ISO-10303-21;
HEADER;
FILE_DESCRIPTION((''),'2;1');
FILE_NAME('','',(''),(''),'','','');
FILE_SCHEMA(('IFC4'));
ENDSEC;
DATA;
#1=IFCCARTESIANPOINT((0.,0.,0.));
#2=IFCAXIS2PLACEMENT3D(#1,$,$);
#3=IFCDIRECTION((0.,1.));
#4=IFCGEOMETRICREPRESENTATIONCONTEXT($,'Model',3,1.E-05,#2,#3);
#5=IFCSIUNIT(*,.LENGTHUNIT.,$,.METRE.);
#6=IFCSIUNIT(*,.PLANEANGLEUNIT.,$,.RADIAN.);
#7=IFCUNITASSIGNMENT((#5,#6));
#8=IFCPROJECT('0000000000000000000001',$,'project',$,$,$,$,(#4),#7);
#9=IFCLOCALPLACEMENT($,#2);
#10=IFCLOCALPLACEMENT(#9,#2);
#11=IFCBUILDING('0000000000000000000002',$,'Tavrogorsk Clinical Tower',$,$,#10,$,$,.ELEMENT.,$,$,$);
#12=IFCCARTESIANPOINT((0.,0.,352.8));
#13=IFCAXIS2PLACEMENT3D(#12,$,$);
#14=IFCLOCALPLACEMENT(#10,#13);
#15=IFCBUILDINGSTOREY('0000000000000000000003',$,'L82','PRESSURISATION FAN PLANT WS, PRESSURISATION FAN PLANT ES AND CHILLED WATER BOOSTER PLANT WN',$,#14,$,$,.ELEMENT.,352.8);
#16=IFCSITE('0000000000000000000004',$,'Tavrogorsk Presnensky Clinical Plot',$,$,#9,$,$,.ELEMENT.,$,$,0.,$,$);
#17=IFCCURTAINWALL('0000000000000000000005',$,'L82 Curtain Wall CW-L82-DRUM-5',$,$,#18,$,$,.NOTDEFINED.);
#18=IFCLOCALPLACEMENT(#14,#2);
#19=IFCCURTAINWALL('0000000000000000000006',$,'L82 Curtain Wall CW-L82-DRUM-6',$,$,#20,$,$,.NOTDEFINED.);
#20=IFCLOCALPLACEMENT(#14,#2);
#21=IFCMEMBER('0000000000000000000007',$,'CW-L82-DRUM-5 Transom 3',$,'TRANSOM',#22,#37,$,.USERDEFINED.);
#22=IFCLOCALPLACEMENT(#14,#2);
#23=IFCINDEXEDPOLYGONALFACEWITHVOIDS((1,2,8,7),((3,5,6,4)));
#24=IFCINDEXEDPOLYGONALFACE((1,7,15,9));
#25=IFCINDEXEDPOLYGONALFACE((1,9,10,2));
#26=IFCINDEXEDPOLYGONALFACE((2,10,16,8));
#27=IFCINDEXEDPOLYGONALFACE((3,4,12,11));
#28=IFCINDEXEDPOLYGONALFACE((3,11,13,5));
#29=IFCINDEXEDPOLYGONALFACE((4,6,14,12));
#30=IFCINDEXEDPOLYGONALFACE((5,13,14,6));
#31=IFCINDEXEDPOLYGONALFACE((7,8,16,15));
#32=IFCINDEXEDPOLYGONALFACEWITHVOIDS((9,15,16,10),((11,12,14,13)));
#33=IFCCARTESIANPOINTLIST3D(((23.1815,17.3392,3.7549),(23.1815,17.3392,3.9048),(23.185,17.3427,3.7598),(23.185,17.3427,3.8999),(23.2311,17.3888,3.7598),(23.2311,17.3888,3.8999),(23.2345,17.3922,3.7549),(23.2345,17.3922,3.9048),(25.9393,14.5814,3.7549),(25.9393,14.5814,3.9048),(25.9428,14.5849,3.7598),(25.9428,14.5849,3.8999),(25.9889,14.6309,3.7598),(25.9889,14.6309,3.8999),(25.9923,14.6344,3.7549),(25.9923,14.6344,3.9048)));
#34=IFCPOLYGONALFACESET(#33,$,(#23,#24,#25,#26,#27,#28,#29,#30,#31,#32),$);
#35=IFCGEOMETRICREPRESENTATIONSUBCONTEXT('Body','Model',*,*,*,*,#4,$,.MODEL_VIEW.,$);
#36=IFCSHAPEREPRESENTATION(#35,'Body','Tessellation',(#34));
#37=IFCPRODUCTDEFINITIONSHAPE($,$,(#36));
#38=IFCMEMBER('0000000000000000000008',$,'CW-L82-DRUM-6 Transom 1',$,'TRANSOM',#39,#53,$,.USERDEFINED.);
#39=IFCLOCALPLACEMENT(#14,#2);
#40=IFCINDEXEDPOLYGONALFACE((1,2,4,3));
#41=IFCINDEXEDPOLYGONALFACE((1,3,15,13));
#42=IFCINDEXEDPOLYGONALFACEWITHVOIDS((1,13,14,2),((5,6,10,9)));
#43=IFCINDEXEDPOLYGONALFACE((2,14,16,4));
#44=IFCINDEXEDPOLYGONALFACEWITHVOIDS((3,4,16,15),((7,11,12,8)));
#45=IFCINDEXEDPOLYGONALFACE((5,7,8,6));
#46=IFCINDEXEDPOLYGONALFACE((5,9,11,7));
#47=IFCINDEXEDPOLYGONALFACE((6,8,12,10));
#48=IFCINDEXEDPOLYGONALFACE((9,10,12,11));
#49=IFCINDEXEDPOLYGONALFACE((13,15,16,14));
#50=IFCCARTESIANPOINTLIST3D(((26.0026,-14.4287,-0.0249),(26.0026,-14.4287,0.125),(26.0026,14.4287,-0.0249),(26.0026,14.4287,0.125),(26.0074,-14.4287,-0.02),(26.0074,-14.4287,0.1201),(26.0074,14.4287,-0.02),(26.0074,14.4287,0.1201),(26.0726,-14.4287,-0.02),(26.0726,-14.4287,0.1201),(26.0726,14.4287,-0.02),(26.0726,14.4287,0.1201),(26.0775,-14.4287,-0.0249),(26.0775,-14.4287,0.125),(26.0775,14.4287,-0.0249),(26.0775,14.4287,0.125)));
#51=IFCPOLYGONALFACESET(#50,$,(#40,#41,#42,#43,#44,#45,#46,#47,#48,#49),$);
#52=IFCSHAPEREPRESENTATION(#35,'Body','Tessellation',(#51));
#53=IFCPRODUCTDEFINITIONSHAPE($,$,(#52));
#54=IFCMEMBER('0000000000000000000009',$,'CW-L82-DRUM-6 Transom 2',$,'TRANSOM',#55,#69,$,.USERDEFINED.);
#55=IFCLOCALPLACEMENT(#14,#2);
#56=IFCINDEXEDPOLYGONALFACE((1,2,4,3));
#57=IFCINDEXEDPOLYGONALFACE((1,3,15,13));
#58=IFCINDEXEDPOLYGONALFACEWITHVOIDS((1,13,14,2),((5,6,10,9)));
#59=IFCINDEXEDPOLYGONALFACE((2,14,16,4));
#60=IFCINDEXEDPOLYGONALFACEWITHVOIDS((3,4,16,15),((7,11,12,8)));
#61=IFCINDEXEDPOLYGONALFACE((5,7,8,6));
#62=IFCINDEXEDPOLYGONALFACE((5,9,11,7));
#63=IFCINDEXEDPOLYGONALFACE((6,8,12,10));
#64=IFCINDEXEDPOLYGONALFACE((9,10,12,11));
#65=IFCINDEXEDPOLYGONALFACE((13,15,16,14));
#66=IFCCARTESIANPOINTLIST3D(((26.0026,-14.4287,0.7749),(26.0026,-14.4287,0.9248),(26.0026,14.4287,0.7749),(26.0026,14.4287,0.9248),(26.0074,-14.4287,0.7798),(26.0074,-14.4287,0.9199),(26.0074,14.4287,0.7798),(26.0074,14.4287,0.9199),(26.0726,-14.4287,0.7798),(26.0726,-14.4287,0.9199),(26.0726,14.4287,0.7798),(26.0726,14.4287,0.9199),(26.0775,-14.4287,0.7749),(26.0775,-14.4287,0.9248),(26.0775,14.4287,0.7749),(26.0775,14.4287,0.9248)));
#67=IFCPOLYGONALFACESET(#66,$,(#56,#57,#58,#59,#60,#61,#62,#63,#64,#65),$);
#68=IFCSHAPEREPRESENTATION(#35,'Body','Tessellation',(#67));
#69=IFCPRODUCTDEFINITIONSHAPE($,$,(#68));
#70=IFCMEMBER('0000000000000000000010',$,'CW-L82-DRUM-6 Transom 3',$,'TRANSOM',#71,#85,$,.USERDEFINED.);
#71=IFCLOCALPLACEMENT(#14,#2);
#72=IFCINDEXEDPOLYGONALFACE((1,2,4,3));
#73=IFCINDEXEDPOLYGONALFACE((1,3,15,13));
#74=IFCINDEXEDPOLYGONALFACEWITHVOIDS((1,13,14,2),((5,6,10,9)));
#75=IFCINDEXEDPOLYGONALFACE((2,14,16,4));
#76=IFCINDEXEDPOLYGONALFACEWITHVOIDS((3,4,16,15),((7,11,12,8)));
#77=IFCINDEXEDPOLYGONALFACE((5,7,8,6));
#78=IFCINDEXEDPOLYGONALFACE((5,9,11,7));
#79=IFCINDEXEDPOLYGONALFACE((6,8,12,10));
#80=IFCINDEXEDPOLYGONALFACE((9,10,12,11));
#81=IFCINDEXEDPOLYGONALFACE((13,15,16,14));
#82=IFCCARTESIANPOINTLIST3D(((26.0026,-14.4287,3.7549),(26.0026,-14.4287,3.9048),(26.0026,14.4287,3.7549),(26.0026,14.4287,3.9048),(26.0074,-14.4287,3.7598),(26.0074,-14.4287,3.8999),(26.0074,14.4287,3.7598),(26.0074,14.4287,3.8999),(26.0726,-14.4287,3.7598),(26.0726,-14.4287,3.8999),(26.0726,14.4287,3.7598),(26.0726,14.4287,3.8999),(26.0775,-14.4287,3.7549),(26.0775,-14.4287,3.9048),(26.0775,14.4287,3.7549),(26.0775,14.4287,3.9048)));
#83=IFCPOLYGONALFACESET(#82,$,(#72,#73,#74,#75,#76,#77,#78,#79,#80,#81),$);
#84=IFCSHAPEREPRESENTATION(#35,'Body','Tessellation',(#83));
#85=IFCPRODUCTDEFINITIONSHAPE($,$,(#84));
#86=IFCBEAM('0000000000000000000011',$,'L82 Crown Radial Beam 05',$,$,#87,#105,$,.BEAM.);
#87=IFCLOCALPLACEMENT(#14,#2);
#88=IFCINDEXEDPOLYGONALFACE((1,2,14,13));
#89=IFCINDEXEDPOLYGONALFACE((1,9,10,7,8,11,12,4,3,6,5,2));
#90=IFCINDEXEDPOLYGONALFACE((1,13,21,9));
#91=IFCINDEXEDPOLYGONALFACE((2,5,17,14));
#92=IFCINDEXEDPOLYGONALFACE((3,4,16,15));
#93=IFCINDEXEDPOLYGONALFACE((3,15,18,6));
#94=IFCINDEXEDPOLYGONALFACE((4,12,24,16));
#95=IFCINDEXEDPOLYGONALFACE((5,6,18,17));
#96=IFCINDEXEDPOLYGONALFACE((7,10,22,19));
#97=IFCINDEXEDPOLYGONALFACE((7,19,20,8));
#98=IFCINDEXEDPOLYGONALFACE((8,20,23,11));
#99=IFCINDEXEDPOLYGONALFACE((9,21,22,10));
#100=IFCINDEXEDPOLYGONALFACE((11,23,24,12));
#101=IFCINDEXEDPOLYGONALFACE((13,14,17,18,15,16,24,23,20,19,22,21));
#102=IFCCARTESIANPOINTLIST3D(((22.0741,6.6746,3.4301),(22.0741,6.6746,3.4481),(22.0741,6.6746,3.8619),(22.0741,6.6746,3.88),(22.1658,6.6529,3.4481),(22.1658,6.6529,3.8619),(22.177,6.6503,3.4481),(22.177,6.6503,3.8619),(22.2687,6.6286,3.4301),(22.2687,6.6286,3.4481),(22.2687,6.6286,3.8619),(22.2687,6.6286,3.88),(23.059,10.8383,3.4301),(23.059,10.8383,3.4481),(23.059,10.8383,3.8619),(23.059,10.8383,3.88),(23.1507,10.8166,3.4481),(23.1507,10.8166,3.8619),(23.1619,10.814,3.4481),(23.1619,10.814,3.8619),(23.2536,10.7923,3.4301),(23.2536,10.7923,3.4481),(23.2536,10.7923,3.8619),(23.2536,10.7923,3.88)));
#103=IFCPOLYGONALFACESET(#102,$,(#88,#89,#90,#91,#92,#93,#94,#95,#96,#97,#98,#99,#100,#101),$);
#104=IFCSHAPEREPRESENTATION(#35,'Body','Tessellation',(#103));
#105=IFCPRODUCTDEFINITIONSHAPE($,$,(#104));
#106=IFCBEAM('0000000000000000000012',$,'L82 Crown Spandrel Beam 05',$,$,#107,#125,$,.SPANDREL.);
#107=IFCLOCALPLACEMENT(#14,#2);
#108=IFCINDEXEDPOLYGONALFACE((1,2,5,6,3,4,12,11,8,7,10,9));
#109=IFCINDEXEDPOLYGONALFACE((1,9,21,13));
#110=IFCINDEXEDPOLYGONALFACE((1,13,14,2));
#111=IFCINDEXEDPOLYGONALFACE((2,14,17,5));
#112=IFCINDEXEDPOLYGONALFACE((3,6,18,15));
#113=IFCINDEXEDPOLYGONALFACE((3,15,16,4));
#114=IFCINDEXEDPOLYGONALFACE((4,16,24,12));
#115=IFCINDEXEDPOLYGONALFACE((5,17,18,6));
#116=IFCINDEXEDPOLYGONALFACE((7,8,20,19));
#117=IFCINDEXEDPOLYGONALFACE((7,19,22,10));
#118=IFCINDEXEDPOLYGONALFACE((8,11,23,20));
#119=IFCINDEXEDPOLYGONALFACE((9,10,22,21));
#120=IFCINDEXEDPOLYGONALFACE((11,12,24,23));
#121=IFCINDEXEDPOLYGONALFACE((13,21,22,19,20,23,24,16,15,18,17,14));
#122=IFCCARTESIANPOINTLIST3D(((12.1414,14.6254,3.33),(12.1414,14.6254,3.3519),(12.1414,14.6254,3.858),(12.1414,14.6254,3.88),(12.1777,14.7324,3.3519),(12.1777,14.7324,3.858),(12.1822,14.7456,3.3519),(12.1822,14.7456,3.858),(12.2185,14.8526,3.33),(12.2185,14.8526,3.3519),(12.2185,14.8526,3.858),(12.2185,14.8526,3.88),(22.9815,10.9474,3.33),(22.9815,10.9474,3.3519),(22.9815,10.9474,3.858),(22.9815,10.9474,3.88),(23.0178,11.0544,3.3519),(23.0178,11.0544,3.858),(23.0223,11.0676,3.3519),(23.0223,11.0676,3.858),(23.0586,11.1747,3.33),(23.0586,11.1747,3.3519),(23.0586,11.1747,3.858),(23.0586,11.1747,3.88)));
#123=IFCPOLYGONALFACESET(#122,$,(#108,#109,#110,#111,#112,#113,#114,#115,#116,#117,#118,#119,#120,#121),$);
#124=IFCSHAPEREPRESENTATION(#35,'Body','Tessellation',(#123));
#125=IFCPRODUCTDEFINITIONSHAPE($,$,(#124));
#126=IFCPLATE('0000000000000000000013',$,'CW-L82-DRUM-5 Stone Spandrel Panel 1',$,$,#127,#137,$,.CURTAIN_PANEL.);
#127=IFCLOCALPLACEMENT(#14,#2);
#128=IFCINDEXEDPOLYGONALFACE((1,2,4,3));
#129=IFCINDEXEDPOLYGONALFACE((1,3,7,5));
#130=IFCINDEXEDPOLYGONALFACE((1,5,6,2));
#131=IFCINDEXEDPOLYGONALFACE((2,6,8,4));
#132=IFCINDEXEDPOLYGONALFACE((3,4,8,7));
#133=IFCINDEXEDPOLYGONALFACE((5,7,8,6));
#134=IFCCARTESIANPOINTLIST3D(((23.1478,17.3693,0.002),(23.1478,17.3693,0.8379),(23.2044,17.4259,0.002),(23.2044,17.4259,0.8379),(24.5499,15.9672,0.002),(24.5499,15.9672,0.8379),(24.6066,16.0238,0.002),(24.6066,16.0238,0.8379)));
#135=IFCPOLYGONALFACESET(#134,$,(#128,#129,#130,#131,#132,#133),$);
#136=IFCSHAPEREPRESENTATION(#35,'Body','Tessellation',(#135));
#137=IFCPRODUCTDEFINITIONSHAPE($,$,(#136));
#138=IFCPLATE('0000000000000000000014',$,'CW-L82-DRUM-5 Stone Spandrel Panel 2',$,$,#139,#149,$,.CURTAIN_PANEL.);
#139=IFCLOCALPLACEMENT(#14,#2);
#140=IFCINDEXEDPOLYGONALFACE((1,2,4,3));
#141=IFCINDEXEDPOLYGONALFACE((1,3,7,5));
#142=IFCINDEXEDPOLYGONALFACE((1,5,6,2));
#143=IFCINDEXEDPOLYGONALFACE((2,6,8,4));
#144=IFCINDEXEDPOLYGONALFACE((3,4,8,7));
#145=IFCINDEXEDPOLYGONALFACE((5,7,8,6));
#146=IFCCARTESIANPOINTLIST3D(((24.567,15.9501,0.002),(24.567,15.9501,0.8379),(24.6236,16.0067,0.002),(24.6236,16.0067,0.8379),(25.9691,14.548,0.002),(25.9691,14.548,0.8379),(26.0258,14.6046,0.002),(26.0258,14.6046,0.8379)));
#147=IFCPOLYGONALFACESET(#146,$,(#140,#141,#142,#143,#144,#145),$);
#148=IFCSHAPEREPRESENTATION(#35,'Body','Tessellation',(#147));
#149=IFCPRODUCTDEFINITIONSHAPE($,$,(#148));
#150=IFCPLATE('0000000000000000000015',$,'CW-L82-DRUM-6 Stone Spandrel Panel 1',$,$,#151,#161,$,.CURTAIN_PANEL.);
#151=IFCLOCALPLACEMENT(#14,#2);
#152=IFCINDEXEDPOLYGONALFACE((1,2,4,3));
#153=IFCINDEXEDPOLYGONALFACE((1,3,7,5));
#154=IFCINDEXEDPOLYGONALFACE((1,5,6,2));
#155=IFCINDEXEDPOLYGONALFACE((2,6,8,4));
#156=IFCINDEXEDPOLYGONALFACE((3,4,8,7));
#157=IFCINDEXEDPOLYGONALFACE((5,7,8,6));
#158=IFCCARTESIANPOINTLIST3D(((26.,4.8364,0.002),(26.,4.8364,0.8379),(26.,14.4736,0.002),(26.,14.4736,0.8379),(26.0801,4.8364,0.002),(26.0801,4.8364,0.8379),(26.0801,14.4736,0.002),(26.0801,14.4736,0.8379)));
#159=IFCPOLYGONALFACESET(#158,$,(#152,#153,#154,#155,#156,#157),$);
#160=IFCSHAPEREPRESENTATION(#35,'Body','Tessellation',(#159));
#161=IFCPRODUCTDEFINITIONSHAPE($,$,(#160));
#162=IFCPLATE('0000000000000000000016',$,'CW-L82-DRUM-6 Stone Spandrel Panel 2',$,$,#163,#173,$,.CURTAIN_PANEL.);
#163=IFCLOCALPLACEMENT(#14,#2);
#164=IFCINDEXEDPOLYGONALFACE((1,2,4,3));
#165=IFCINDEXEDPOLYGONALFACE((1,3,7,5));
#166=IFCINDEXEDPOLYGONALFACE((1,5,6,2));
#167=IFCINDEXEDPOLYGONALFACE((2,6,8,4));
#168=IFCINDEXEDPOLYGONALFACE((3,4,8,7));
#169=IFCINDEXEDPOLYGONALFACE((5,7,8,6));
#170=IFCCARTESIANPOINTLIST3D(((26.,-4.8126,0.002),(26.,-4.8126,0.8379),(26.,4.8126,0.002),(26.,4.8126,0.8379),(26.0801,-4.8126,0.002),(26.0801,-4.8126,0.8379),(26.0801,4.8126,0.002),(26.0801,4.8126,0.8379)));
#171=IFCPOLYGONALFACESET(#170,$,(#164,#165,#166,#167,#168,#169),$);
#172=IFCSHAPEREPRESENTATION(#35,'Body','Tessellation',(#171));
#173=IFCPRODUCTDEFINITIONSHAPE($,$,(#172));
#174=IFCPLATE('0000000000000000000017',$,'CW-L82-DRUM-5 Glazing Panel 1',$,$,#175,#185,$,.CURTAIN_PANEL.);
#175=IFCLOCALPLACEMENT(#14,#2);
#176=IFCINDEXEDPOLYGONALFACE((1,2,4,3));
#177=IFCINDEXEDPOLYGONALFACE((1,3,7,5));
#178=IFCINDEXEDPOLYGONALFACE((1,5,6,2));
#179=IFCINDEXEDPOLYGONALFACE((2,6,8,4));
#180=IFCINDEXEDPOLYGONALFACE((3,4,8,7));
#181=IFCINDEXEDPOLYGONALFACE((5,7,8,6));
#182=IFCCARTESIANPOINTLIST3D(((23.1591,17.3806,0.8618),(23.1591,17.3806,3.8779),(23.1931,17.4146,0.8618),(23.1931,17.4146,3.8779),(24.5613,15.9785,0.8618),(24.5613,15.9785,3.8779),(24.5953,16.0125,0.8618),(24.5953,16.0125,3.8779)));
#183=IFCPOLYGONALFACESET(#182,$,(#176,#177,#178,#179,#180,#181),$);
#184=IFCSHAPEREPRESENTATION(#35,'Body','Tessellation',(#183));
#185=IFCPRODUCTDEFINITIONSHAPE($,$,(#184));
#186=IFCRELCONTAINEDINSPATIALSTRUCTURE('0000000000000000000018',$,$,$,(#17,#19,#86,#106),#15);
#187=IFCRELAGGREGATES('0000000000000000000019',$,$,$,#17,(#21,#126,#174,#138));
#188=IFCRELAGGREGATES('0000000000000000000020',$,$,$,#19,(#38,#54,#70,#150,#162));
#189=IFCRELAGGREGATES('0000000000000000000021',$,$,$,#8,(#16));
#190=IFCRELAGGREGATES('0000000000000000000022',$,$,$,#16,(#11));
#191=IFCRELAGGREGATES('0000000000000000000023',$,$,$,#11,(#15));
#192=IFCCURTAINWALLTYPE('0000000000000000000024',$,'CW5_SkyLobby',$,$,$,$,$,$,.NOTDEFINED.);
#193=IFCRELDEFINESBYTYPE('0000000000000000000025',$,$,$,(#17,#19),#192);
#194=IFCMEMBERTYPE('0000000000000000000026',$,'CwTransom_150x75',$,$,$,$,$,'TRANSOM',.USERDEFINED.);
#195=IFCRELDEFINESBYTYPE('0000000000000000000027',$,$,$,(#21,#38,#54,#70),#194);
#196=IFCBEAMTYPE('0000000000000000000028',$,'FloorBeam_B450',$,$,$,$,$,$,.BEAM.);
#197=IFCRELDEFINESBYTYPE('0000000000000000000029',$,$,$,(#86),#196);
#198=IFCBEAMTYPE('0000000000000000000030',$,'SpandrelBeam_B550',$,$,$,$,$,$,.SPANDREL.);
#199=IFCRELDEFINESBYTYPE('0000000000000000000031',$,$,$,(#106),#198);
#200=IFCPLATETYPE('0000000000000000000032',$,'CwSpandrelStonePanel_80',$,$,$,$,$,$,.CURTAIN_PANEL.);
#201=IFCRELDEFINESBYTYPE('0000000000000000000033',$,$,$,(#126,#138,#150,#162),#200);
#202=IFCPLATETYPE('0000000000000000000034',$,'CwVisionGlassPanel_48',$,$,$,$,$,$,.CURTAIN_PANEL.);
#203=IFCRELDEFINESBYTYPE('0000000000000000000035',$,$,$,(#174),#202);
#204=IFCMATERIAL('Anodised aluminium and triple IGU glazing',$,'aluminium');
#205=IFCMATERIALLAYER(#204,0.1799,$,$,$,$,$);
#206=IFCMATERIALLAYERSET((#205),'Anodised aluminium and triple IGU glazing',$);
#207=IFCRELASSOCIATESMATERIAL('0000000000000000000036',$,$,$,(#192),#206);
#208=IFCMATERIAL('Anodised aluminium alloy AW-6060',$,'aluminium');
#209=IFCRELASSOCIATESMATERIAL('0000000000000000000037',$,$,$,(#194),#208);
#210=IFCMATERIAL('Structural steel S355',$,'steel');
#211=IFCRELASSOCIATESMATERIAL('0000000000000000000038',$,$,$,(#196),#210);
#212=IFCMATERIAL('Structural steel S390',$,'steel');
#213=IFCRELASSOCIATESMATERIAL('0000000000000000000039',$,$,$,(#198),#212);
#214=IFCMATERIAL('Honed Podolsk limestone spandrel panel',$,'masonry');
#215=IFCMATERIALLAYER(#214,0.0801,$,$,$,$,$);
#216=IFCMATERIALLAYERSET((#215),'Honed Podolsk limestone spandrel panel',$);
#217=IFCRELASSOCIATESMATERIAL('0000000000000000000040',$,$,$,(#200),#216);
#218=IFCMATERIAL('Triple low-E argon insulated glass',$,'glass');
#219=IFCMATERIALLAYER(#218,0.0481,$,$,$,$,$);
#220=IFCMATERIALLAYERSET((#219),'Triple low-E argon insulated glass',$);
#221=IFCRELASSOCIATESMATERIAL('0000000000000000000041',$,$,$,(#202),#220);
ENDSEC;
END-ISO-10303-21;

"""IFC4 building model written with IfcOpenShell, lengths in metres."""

from ifc_helpers import new_model, si_unit, direction, frame, origin, origin_2d, place, context, subcontext, project, spatial, rectangle, hollow_rectangle, i_section, extrude, material, layer, layer_set, material_profile, profile_set, type_object, element, aggregate, save


model = new_model("IFC4")

# Units and contexts
model_context = context("Model", 3, precision=1e-05, world=origin(), true_north=direction((0.0, 1.0)))
body_context = subcontext(model_context, "Body", "Model", "MODEL_VIEW")
ifc_project = project(units=[si_unit("LENGTHUNIT", "METRE"), si_unit("PLANEANGLEUNIT", "RADIAN")], contexts=[model_context])

# Site, building, storey
site_placement = place(None, origin())
site = spatial("IfcSite", under=ifc_project, at=site_placement, Name="Tavrogorsk Presnensky Clinical Plot", CompositionType="ELEMENT", RefElevation=0.0)
building_placement = place(site_placement, origin())
building = spatial("IfcBuilding", under=site, at=building_placement, Name="Tavrogorsk Clinical Tower", CompositionType="ELEMENT")
storey_placement = place(building_placement, frame((0.0, 0.0, 352.8)))
storey = spatial("IfcBuildingStorey", under=building, at=storey_placement, Name="L82", Description="PRESSURISATION FAN PLANT WS, PRESSURISATION FAN PLANT ES AND CHILLED WATER BOOSTER PLANT WN", CompositionType="ELEMENT", Elevation=352.8)

# Shared definitions
ifc_material_1 = material(Name="Anodised aluminium and triple IGU glazing", Category="aluminium")
ifc_layer_1 = layer(ifc_material_1, 0.1799)
ifc_layer_set_1 = layer_set([ifc_layer_1], Name="Anodised aluminium and triple IGU glazing")
curtain_wall_type = type_object("IfcCurtainWallType", Name="CW5_SkyLobby", PredefinedType="NOTDEFINED", material=ifc_layer_set_1)

# Curtain walls
curtain_wall_1_placement = place(storey_placement, origin())
curtain_wall_1 = element("IfcCurtainWall", 1, at=curtain_wall_1_placement, inside=storey, type_object=curtain_wall_type, Name="L82 Curtain Wall CW-L82-DRUM-5", PredefinedType="NOTDEFINED")
curtain_wall_2_placement = place(storey_placement, origin())
curtain_wall_2 = element("IfcCurtainWall", 2, at=curtain_wall_2_placement, inside=storey, type_object=curtain_wall_type, Name="L82 Curtain Wall CW-L82-DRUM-6", PredefinedType="NOTDEFINED")

# Members
ifc_material_2 = material(Name="Anodised aluminium alloy AW-6060", Category="aluminium")
ifc_material_profile_1 = material_profile(ifc_material_2, hollow_rectangle(XDim=0.075, YDim=0.1499, WallThickness=0.0049, at=origin_2d()), Name="RHS-150x75x5")
ifc_profile_set_1 = profile_set([ifc_material_profile_1], Name="Anodised aluminium alloy AW-6060")
member_type_1 = type_object("IfcMemberType", Name="CwTransom_150x75", ElementType="TRANSOM", PredefinedType="USERDEFINED", material=ifc_profile_set_1)
member_1_placement = place(storey_placement, frame((23.208, 17.3657, 3.8298), z_axis=(0.707107, -0.707107, 0.0), x_axis=(0.707107, 0.707107, 0.0)))
member_1 = element("IfcMember", 3, at=member_1_placement, type_object=member_type_1, Name="CW-L82-DRUM-5 Transom 3", ObjectType="TRANSOM", PredefinedType="USERDEFINED", context=body_context, shape_type="SweptSolid", body=[
    extrude(hollow_rectangle(XDim=0.075, YDim=0.1499, WallThickness=0.0049, at=origin_2d()), origin(), (0.0, 0.0, 1.0), 3.9001),
])
member_2_placement = place(storey_placement, frame((26.04, 14.4287, 0.05), z_axis=(0.0, -1.0, 0.0), x_axis=(1.0, 0.0, 0.0)))
member_2 = element("IfcMember", 4, at=member_2_placement, type_object=member_type_1, Name="CW-L82-DRUM-6 Transom 1", ObjectType="TRANSOM", PredefinedType="USERDEFINED", context=body_context, shape_type="SweptSolid", body=[
    extrude(hollow_rectangle(XDim=0.075, YDim=0.1499, WallThickness=0.0049, at=origin_2d()), origin(), (0.0, 0.0, 1.0), 28.8574),
])
member_3_placement = place(storey_placement, frame((26.04, 14.4287, 0.8499), z_axis=(0.0, -1.0, 0.0), x_axis=(1.0, 0.0, 0.0)))
member_3 = element("IfcMember", 5, at=member_3_placement, type_object=member_type_1, Name="CW-L82-DRUM-6 Transom 2", ObjectType="TRANSOM", PredefinedType="USERDEFINED", context=body_context, shape_type="SweptSolid", body=[
    extrude(hollow_rectangle(XDim=0.075, YDim=0.1499, WallThickness=0.0049, at=origin_2d()), origin(), (0.0, 0.0, 1.0), 28.8574),
])
member_4_placement = place(storey_placement, frame((26.04, 14.4287, 3.8298), z_axis=(0.0, -1.0, 0.0), x_axis=(1.0, 0.0, 0.0)))
member_4 = element("IfcMember", 6, at=member_4_placement, type_object=member_type_1, Name="CW-L82-DRUM-6 Transom 3", ObjectType="TRANSOM", PredefinedType="USERDEFINED", context=body_context, shape_type="SweptSolid", body=[
    extrude(hollow_rectangle(XDim=0.075, YDim=0.1499, WallThickness=0.0049, at=origin_2d()), origin(), (0.0, 0.0, 1.0), 28.8574),
])

# Beams
ifc_material_3 = material(Name="Structural steel S355", Category="steel")
ifc_material_profile_2 = material_profile(ifc_material_3, i_section(OverallWidth=0.2, OverallDepth=0.45, WebThickness=0.0115, FlangeThickness=0.0181, at=origin_2d()), Name="B-450x200x11.5x18")
ifc_profile_set_2 = profile_set([ifc_material_profile_2], Name="Structural steel S355")
beam_type_1 = type_object("IfcBeamType", Name="FloorBeam_B450", PredefinedType="BEAM", material=ifc_profile_set_2)
beam_1_placement = place(storey_placement, frame((22.1714, 6.6516, 3.655), z_axis=(0.230191, 0.973146, 0.0), x_axis=(-0.973146, 0.230191, 0.0)))
element("IfcBeam", 7, at=beam_1_placement, inside=storey, type_object=beam_type_1, Name="L82 Crown Radial Beam 05", PredefinedType="BEAM", context=body_context, shape_type="SweptSolid", body=[
    extrude(i_section(OverallWidth=0.2, OverallDepth=0.45, WebThickness=0.0115, FlangeThickness=0.0181, at=origin_2d()), origin(), (0.0, 0.0, 1.0), 4.2786),
])
ifc_material_4 = material(Name="Structural steel S390", Category="steel")
ifc_material_profile_3 = material_profile(ifc_material_4, i_section(OverallWidth=0.24, OverallDepth=0.55, WebThickness=0.0139, FlangeThickness=0.022, at=origin_2d()), Name="B-550x240x14x22")
ifc_profile_set_3 = profile_set([ifc_material_profile_3], Name="Structural steel S390")
beam_type_2 = type_object("IfcBeamType", Name="SpandrelBeam_B550", PredefinedType="SPANDREL", material=ifc_profile_set_3)
beam_2_placement = place(storey_placement, frame((23.02, 11.061, 3.605), z_axis=(-0.946976, 0.321304, 0.0), x_axis=(-0.321304, -0.946976, 0.0)))
element("IfcBeam", 8, at=beam_2_placement, inside=storey, type_object=beam_type_2, Name="L82 Crown Spandrel Beam 05", PredefinedType="SPANDREL", context=body_context, shape_type="SweptSolid", body=[
    extrude(i_section(OverallWidth=0.24, OverallDepth=0.55, WebThickness=0.0139, FlangeThickness=0.022, at=origin_2d()), origin(), (0.0, 0.0, 1.0), 11.447),
])

# Plates
ifc_material_5 = material(Name="Honed Podolsk limestone spandrel panel", Category="masonry")
ifc_layer_2 = layer(ifc_material_5, 0.0801)
ifc_layer_set_2 = layer_set([ifc_layer_2], Name="Honed Podolsk limestone spandrel panel")
plate_type_1 = type_object("IfcPlateType", Name="CwSpandrelStonePanel_80", PredefinedType="CURTAIN_PANEL", material=ifc_layer_set_2)
plate_1_placement = place(storey_placement, frame((23.8772, 16.6965, 0.002), z_axis=(0.0, 0.0, 1.0), x_axis=(0.707107, -0.707107, 0.0)))
plate_1 = element("IfcPlate", 9, at=plate_1_placement, type_object=plate_type_1, Name="CW-L82-DRUM-5 Stone Spandrel Panel 1", PredefinedType="CURTAIN_PANEL", context=body_context, shape_type="SweptSolid", body=[
    extrude(rectangle(XDim=1.9829, YDim=0.0801, at=origin_2d()), origin(), (0.0, 0.0, 1.0), 0.8359),
])
plate_2_placement = place(storey_placement, frame((25.2964, 15.2773, 0.002), z_axis=(0.0, 0.0, 1.0), x_axis=(0.707107, -0.707107, 0.0)))
plate_2 = element("IfcPlate", 10, at=plate_2_placement, type_object=plate_type_1, Name="CW-L82-DRUM-5 Stone Spandrel Panel 2", PredefinedType="CURTAIN_PANEL", context=body_context, shape_type="SweptSolid", body=[
    extrude(rectangle(XDim=1.9829, YDim=0.0801, at=origin_2d()), origin(), (0.0, 0.0, 1.0), 0.8359),
])
plate_3_placement = place(storey_placement, frame((26.04, 9.655, 0.002), z_axis=(0.0, 0.0, 1.0), x_axis=(0.0, -1.0, 0.0)))
plate_3 = element("IfcPlate", 11, at=plate_3_placement, type_object=plate_type_1, Name="CW-L82-DRUM-6 Stone Spandrel Panel 1", PredefinedType="CURTAIN_PANEL", context=body_context, shape_type="SweptSolid", body=[
    extrude(rectangle(XDim=9.6372, YDim=0.0801, at=origin_2d()), origin(), (0.0, 0.0, 1.0), 0.8359),
])
plate_4_placement = place(storey_placement, frame((26.04, 0.0, 0.002), z_axis=(0.0, 0.0, 1.0), x_axis=(0.0, -1.0, 0.0)))
plate_4 = element("IfcPlate", 12, at=plate_4_placement, type_object=plate_type_1, Name="CW-L82-DRUM-6 Stone Spandrel Panel 2", PredefinedType="CURTAIN_PANEL", context=body_context, shape_type="SweptSolid", body=[
    extrude(rectangle(XDim=9.6252, YDim=0.0801, at=origin_2d()), origin(), (0.0, 0.0, 1.0), 0.8359),
])
ifc_material_6 = material(Name="Triple low-E argon insulated glass", Category="glass")
ifc_layer_3 = layer(ifc_material_6, 0.0481)
ifc_layer_set_3 = layer_set([ifc_layer_3], Name="Triple low-E argon insulated glass")
plate_type_2 = type_object("IfcPlateType", Name="CwVisionGlassPanel_48", PredefinedType="CURTAIN_PANEL", material=ifc_layer_set_3)
plate_5_placement = place(storey_placement, frame((23.8772, 16.6965, 0.8618), z_axis=(0.0, 0.0, 1.0), x_axis=(0.707107, -0.707107, 0.0)))
plate_5 = element("IfcPlate", 13, at=plate_5_placement, type_object=plate_type_2, Name="CW-L82-DRUM-5 Glazing Panel 1", PredefinedType="CURTAIN_PANEL", context=body_context, shape_type="SweptSolid", body=[
    extrude(rectangle(XDim=1.9829, YDim=0.0481, at=origin_2d()), origin(), (0.0, 0.0, 1.0), 3.0161),
])
aggregate(curtain_wall_1, [member_1, plate_1, plate_5, plate_2])
aggregate(curtain_wall_2, [member_2, member_3, member_4, plate_3, plate_4])

save(model, "model.ifc")
